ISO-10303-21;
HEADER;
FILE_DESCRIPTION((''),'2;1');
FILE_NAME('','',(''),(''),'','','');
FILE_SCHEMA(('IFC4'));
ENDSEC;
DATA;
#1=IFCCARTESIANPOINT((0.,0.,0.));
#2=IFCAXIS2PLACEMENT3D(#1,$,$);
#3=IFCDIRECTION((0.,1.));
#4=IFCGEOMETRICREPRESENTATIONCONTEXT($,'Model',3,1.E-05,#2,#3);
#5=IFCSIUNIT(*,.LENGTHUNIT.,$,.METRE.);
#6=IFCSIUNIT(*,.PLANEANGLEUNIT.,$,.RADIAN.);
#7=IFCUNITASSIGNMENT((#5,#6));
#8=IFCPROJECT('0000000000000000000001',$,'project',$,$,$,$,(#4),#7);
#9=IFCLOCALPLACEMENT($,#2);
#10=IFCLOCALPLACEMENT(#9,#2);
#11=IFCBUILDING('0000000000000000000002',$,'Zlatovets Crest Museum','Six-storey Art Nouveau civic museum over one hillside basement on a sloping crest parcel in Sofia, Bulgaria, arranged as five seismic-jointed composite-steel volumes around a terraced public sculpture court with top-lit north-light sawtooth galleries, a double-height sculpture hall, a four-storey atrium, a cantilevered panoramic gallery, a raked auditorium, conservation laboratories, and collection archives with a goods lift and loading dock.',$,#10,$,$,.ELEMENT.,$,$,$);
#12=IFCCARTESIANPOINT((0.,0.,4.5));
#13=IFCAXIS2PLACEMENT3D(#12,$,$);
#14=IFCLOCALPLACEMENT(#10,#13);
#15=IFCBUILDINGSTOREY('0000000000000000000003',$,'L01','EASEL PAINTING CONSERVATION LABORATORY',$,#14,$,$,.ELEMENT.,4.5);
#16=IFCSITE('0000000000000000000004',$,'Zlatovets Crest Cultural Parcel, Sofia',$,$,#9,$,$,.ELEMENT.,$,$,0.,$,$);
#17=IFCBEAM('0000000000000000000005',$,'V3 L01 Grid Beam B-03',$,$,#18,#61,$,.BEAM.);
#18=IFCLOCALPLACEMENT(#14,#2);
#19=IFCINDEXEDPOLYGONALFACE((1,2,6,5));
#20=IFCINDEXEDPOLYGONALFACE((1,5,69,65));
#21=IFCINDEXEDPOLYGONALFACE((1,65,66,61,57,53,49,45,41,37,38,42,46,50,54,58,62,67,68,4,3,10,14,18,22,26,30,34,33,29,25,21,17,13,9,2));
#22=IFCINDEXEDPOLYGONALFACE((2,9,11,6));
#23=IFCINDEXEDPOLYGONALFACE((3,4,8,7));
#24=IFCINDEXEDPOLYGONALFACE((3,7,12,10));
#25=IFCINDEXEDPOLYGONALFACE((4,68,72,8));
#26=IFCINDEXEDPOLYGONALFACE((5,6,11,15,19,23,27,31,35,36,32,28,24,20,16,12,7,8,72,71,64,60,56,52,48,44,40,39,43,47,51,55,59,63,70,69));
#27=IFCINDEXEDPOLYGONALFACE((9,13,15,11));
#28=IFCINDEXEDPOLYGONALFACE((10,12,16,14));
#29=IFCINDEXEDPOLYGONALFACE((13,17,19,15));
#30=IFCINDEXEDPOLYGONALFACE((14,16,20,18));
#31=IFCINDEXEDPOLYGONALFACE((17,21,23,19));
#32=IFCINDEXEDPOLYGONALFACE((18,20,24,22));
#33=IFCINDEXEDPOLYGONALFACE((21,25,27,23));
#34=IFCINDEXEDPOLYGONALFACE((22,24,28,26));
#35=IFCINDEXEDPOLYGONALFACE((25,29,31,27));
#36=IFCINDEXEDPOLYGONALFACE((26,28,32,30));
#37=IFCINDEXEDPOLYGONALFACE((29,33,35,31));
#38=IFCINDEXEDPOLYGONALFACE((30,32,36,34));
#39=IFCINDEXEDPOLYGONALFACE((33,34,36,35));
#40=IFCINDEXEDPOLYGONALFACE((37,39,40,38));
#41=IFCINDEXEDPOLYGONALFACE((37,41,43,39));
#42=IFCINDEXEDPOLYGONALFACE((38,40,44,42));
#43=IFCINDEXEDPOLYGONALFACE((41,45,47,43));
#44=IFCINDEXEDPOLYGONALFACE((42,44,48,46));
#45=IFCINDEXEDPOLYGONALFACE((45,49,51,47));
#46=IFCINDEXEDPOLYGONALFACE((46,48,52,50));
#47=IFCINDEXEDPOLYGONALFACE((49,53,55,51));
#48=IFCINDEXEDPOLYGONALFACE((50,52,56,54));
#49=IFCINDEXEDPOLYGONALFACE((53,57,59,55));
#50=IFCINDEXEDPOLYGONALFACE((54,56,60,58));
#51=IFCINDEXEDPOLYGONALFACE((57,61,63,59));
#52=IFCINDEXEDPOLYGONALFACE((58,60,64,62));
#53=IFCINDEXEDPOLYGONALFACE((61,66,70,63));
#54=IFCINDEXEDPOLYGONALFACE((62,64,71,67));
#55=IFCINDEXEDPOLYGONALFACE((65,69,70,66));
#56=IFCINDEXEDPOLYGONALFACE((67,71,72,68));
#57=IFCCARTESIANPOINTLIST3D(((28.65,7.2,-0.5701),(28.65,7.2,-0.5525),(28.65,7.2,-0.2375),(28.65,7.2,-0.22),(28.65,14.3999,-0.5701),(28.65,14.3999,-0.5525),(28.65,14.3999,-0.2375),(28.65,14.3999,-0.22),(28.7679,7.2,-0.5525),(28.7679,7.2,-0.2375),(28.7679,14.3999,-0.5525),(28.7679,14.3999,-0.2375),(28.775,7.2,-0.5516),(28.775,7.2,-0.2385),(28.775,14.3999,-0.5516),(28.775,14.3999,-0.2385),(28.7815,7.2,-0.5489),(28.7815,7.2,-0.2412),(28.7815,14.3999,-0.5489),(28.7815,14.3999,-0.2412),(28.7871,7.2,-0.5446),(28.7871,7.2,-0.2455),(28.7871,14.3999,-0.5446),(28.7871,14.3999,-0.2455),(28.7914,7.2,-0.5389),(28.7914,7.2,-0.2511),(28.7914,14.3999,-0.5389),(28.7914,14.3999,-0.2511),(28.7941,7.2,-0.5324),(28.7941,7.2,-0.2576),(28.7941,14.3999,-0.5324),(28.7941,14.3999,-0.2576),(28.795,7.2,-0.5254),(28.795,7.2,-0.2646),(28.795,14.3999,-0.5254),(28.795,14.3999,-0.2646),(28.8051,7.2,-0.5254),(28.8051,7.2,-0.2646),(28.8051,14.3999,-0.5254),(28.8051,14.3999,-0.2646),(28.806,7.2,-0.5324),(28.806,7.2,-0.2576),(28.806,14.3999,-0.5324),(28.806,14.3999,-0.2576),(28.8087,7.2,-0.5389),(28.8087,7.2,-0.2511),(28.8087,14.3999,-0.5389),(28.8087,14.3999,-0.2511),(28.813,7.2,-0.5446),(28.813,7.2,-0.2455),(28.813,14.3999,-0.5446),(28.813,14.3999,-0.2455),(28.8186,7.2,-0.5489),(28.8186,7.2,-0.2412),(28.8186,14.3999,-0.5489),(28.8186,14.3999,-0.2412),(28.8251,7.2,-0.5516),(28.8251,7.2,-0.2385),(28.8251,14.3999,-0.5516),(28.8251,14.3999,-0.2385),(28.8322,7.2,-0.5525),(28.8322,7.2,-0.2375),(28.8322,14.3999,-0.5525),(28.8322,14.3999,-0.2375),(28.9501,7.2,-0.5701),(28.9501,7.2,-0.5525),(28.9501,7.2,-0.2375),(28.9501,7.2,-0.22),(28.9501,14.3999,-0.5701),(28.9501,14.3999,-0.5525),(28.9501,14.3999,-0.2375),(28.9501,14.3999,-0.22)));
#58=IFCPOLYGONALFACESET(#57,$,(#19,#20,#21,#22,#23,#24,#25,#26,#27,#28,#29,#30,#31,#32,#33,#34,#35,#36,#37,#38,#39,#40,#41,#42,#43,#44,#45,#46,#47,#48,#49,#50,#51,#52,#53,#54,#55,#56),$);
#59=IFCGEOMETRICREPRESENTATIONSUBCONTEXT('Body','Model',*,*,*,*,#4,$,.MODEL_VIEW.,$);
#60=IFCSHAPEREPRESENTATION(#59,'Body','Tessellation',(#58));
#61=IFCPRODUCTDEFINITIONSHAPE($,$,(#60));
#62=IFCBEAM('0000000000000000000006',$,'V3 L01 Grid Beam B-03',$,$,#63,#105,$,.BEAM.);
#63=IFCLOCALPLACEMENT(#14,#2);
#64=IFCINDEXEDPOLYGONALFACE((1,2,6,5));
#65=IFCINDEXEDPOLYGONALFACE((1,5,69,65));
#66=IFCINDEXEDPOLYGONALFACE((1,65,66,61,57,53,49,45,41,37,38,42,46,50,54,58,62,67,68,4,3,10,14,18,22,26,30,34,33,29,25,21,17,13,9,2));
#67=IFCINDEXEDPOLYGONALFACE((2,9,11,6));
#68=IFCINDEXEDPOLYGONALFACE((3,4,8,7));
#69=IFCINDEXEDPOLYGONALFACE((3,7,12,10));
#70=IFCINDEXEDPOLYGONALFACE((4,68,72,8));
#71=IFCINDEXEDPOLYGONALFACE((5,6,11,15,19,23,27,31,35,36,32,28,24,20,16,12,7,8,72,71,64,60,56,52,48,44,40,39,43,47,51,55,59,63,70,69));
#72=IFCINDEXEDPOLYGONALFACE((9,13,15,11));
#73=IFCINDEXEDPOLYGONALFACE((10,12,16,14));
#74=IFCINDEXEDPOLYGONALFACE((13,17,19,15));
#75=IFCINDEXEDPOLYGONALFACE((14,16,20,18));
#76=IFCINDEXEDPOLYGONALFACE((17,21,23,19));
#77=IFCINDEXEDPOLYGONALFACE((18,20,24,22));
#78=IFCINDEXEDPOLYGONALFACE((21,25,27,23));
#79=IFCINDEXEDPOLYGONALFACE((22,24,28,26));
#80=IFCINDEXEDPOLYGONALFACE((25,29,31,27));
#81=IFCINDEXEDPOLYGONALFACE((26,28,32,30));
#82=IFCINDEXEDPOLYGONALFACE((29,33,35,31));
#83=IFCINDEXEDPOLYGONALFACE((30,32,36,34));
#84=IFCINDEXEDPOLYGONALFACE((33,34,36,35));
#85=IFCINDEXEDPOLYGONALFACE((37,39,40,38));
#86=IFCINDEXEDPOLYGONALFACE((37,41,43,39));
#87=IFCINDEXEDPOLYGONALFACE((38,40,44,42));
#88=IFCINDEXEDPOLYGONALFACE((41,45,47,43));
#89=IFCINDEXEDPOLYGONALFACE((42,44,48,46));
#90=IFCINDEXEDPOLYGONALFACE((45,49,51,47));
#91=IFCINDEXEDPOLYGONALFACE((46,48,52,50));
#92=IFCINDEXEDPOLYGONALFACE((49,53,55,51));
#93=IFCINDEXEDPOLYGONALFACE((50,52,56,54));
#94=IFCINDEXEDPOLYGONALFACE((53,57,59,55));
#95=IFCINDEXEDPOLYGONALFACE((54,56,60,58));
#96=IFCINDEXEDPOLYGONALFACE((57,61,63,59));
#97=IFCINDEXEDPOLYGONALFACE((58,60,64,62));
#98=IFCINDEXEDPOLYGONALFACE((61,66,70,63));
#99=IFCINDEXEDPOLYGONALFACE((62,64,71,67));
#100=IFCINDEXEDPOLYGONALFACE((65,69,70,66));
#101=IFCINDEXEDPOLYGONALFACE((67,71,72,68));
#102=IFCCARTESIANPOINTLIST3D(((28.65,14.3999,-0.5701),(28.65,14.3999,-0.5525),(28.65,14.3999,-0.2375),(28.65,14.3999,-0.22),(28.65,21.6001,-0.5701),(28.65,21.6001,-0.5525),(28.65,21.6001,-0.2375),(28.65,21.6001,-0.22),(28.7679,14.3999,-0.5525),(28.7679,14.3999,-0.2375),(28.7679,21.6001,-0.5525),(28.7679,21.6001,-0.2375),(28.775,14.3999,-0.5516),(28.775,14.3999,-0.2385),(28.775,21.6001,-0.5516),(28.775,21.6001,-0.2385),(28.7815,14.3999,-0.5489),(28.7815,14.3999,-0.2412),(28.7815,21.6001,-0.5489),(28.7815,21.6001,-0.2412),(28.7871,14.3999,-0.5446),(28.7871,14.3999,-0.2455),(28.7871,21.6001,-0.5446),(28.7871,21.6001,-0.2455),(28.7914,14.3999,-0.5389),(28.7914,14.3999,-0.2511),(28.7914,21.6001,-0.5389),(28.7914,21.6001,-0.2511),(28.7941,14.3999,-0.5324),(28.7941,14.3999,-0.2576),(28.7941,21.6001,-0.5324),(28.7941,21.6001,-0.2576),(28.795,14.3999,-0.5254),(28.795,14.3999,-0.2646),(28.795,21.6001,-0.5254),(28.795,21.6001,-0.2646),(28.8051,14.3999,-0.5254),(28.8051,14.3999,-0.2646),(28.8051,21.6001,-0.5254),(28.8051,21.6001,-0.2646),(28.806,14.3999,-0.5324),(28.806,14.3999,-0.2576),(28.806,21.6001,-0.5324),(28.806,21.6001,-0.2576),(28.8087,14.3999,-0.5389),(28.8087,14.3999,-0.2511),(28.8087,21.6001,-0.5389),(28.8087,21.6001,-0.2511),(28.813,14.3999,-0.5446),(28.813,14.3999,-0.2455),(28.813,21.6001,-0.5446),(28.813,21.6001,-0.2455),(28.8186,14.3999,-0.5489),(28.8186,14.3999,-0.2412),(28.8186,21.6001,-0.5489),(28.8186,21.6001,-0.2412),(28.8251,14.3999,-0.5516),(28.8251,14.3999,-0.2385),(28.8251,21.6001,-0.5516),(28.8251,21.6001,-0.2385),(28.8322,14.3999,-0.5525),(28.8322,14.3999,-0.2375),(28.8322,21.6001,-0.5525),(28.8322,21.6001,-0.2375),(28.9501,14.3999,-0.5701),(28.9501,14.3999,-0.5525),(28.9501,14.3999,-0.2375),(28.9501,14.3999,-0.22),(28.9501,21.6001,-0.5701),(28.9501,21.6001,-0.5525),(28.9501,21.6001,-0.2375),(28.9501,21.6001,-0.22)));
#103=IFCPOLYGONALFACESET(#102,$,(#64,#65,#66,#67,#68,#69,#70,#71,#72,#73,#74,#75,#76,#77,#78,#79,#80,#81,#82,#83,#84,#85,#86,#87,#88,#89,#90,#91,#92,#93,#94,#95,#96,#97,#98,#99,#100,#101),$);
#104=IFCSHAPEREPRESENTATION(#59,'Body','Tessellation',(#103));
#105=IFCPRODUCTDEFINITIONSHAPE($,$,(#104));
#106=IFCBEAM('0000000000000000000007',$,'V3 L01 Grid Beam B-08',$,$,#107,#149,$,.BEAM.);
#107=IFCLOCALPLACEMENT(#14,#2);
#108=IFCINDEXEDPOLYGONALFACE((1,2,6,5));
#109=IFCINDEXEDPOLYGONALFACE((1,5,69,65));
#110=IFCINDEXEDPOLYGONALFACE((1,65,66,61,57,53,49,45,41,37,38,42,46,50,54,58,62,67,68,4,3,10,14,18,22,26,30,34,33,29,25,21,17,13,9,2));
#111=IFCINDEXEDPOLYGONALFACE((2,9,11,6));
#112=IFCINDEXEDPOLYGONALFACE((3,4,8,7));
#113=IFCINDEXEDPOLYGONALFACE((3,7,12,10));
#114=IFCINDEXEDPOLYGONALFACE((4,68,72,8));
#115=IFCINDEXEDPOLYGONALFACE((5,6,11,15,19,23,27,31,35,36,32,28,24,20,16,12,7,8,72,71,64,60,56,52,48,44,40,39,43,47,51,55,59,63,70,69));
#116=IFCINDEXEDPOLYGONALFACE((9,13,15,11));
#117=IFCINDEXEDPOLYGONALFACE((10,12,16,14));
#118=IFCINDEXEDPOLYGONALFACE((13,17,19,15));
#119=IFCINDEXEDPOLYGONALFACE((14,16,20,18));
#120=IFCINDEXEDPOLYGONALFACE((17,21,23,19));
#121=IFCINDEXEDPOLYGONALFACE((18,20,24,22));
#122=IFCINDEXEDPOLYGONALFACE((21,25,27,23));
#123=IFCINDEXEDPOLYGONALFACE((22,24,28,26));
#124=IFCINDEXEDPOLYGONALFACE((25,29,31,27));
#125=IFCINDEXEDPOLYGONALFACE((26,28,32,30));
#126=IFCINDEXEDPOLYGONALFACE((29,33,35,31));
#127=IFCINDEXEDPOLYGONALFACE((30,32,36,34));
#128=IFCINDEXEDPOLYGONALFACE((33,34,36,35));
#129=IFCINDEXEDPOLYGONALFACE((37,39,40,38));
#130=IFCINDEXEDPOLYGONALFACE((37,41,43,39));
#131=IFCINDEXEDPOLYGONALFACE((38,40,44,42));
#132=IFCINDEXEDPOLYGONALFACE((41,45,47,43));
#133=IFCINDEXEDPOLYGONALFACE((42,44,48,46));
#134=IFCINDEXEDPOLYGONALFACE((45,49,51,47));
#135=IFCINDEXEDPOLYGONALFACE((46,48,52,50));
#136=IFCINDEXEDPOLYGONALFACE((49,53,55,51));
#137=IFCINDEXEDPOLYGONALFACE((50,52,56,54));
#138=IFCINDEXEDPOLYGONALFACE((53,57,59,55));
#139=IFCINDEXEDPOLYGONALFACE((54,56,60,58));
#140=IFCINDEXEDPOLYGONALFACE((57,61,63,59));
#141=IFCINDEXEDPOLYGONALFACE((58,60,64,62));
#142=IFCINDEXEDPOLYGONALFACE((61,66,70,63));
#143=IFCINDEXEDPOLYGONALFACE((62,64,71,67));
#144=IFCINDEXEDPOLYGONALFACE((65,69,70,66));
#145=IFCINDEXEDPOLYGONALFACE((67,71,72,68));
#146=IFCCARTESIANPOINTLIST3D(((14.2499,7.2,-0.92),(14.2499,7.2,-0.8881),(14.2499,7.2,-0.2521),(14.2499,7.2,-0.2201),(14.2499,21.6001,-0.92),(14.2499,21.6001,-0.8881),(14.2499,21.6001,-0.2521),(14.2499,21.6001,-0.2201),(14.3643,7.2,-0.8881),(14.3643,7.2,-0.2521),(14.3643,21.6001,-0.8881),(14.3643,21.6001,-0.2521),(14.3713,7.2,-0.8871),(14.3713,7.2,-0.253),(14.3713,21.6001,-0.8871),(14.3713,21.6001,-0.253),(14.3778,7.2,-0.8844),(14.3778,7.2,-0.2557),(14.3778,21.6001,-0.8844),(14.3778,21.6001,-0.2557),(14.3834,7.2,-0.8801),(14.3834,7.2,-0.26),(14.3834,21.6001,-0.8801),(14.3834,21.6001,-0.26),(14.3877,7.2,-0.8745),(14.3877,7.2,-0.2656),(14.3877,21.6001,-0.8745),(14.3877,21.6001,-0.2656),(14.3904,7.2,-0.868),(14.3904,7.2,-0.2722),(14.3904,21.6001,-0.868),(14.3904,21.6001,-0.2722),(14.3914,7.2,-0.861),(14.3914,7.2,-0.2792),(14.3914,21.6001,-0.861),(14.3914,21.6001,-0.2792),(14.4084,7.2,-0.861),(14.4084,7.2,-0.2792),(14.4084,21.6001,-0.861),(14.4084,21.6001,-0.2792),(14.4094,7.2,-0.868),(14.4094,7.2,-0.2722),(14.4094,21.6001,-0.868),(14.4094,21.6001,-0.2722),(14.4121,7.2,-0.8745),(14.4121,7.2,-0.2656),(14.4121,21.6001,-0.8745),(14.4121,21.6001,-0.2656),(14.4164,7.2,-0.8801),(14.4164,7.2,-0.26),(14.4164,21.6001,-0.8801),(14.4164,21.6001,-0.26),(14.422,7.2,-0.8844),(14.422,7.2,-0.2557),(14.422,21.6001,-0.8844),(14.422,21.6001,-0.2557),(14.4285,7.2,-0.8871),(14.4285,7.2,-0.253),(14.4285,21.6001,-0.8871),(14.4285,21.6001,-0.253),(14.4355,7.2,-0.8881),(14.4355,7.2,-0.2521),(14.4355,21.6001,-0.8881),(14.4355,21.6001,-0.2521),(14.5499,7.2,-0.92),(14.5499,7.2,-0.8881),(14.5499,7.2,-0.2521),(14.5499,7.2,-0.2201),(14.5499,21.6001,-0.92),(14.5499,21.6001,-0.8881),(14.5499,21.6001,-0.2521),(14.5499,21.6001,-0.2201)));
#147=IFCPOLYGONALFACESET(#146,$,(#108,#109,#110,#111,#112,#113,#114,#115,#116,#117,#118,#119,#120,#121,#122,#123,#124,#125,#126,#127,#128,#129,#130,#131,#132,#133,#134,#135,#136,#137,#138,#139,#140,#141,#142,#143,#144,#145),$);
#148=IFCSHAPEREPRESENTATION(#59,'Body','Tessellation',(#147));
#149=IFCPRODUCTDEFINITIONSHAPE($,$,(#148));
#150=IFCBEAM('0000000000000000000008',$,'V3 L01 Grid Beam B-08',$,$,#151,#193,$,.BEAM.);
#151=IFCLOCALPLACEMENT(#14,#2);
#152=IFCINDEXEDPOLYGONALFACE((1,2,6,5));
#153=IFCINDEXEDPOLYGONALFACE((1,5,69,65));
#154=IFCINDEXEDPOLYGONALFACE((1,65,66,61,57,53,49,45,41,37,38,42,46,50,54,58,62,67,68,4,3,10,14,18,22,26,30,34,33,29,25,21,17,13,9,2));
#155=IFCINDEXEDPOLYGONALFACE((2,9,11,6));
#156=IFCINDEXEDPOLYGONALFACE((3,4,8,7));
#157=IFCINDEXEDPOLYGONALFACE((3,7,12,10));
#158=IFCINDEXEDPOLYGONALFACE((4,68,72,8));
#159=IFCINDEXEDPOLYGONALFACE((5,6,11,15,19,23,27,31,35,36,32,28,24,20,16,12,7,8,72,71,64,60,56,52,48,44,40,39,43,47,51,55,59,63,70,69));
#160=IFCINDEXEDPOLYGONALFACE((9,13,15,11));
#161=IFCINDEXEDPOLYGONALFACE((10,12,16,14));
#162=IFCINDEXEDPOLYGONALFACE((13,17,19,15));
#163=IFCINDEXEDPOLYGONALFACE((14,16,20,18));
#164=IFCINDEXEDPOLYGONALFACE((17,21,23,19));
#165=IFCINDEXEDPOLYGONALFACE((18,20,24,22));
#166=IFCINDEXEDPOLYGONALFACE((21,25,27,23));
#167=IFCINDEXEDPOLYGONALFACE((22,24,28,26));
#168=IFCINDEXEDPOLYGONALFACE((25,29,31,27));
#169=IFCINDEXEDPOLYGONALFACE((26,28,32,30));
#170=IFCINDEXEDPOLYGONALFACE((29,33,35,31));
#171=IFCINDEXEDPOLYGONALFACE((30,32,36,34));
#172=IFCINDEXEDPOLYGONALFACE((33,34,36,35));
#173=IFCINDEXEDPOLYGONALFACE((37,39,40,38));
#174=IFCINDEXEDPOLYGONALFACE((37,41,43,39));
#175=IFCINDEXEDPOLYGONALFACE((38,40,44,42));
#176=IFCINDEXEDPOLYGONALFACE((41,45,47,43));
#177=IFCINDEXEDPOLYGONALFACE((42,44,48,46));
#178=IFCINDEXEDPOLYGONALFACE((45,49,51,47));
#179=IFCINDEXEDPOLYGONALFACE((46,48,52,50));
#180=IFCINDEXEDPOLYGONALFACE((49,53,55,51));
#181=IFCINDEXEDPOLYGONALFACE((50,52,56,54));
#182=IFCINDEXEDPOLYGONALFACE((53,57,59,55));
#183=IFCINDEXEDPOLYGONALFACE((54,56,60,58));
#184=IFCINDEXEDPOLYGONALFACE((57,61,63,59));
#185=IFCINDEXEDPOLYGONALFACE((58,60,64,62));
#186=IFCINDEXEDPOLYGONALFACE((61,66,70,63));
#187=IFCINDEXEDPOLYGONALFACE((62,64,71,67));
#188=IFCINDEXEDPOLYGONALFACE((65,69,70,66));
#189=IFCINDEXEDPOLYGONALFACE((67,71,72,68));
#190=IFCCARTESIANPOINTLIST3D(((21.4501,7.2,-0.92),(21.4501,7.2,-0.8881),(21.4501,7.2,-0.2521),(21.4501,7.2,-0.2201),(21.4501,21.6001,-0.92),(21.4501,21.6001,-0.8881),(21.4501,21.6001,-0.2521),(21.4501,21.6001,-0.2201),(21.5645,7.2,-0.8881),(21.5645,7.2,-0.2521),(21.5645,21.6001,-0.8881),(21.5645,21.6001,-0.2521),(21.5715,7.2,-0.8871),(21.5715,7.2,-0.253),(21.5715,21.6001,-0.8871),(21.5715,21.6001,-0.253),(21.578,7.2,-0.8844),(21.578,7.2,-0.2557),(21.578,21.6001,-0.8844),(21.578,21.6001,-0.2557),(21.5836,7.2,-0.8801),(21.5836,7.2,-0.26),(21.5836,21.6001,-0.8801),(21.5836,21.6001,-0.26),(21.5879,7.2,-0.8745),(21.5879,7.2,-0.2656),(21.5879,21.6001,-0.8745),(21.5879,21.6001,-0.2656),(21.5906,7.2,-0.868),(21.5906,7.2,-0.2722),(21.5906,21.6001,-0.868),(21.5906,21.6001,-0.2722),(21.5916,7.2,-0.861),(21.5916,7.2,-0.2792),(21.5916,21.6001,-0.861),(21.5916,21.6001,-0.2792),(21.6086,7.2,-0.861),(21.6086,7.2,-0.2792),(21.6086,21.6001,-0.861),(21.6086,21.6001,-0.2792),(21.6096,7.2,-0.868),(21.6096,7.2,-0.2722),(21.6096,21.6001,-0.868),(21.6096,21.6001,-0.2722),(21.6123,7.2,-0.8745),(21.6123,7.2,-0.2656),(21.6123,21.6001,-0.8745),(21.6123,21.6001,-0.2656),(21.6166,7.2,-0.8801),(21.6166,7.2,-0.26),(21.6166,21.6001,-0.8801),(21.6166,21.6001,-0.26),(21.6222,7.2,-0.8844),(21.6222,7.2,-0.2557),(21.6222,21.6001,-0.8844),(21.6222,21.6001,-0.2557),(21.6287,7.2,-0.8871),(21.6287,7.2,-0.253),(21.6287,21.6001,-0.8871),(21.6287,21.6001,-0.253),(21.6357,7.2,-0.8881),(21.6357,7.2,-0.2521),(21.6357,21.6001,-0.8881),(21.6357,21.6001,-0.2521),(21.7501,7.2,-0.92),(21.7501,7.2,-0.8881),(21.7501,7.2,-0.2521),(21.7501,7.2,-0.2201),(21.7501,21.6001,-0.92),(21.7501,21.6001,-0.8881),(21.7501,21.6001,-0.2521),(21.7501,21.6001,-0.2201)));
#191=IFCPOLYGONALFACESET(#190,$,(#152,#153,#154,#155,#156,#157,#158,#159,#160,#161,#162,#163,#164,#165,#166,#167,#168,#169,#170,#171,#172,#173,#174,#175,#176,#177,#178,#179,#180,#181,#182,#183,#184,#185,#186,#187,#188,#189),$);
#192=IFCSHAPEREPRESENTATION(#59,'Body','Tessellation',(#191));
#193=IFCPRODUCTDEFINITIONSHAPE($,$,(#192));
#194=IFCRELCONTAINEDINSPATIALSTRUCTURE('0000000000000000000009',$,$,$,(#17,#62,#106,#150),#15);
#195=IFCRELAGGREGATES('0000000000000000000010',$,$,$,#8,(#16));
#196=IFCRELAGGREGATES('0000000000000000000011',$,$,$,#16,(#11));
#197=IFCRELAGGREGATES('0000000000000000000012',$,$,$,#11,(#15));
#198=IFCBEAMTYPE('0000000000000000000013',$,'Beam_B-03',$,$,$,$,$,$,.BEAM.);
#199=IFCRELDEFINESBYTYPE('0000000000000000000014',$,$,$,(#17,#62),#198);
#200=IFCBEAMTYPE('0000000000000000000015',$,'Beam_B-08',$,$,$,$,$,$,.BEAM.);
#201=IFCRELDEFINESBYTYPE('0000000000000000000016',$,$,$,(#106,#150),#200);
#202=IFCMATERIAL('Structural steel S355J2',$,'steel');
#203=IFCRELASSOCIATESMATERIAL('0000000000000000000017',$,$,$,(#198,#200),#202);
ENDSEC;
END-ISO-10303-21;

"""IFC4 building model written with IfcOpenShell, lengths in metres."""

from ifc_helpers import new_model, si_unit, direction, frame, origin, origin_2d, place, context, subcontext, project, spatial, i_section, extrude, material, material_profile, profile_set, type_object, element, save


model = new_model("IFC4")

# Units and contexts
model_context = context("Model", 3, precision=1e-05, world=origin(), true_north=direction((0.0, 1.0)))
body_context = subcontext(model_context, "Body", "Model", "MODEL_VIEW")
ifc_project = project(units=[si_unit("LENGTHUNIT", "METRE"), si_unit("PLANEANGLEUNIT", "RADIAN")], contexts=[model_context])

# Site, building, storey
site_placement = place(None, origin())
site = spatial("IfcSite", under=ifc_project, at=site_placement, Name="Zlatovets Crest Cultural Parcel, Sofia", CompositionType="ELEMENT", RefElevation=0.0)
building_placement = place(site_placement, origin())
building = spatial("IfcBuilding", under=site, at=building_placement, Name="Zlatovets Crest Museum", Description="Six-storey Art Nouveau civic museum over one hillside basement on a sloping crest parcel in Sofia, Bulgaria, arranged as five seismic-jointed composite-steel volumes around a terraced public sculpture court with top-lit north-light sawtooth galleries, a double-height sculpture hall, a four-storey atrium, a cantilevered panoramic gallery, a raked auditorium, conservation laboratories, and collection archives with a goods lift and loading dock.", CompositionType="ELEMENT")
storey_placement = place(building_placement, frame((0.0, 0.0, 4.5)))
storey = spatial("IfcBuildingStorey", under=building, at=storey_placement, Name="L01", Description="EASEL PAINTING CONSERVATION LABORATORY", CompositionType="ELEMENT", Elevation=4.5)

# Shared definitions
ifc_material_1 = material(Name="Structural steel S355J2", Category="steel")

# Beams
ifc_material_profile_1 = material_profile(ifc_material_1, i_section(OverallWidth=0.3, OverallDepth=0.3501, WebThickness=0.01, FlangeThickness=0.0176, FilletRadius=0.0271, at=origin_2d()), Name="HEA 360")
ifc_profile_set_1 = profile_set([ifc_material_profile_1], Name="Structural steel S355J2")
beam_type_1 = type_object("IfcBeamType", Name="Beam_B-03", PredefinedType="BEAM", material=ifc_profile_set_1)
for number, where, z_axis, x_axis, name in (
    (1, (28.8, 7.2, -0.395), (0.0, 1.0, 0.0), (-1.0, 0.0, 0.0), "V3 L01 Grid Beam B-03"),
):
    element("IfcBeam", number, at=place(storey_placement, frame(where, z_axis=z_axis, x_axis=x_axis)), inside=storey, type_object=beam_type_1, Name=name, PredefinedType="BEAM", context=body_context, shape_type="SweptSolid", body=[
        extrude(i_section(OverallWidth=0.3, OverallDepth=0.3501, WebThickness=0.01, FlangeThickness=0.0176, FilletRadius=0.0271, at=origin_2d()), origin(), (0.0, 0.0, 1.0), 7.2),
    ])
beam_1_placement = place(storey_placement, frame((28.8, 14.3999, -0.395), z_axis=(0.0, 1.0, 0.0), x_axis=(-1.0, 0.0, 0.0)))
element("IfcBeam", 2, at=beam_1_placement, inside=storey, type_object=beam_type_1, Name="V3 L01 Grid Beam B-03", PredefinedType="BEAM", context=body_context, shape_type="SweptSolid", body=[
    extrude(i_section(OverallWidth=0.3, OverallDepth=0.3501, WebThickness=0.01, FlangeThickness=0.0176, FilletRadius=0.0271, at=origin_2d()), origin(), (0.0, 0.0, 1.0), 7.2002),
])
ifc_material_profile_2 = material_profile(ifc_material_1, i_section(OverallWidth=0.3, OverallDepth=0.7, WebThickness=0.0171, FlangeThickness=0.032, FilletRadius=0.0271, at=origin_2d()), Name="HEB 700")
ifc_profile_set_2 = profile_set([ifc_material_profile_2], Name="Structural steel S355J2")
beam_type_2 = type_object("IfcBeamType", Name="Beam_B-08", PredefinedType="BEAM", material=ifc_profile_set_2)
for number, where, z_axis, x_axis, name in (
    (3, (14.3999, 7.2, -0.5701), (0.0, 1.0, 0.0), (-1.0, 0.0, 0.0), "V3 L01 Grid Beam B-08"),
    (4, (21.6001, 7.2, -0.5701), (0.0, 1.0, 0.0), (-1.0, 0.0, 0.0), "V3 L01 Grid Beam B-08"),
):
    element("IfcBeam", number, at=place(storey_placement, frame(where, z_axis=z_axis, x_axis=x_axis)), inside=storey, type_object=beam_type_2, Name=name, PredefinedType="BEAM", context=body_context, shape_type="SweptSolid", body=[
        extrude(i_section(OverallWidth=0.3, OverallDepth=0.7, WebThickness=0.0171, FlangeThickness=0.032, FilletRadius=0.0271, at=origin_2d()), origin(), (0.0, 0.0, 1.0), 14.4001),
    ])

save(model, "model.ifc")
